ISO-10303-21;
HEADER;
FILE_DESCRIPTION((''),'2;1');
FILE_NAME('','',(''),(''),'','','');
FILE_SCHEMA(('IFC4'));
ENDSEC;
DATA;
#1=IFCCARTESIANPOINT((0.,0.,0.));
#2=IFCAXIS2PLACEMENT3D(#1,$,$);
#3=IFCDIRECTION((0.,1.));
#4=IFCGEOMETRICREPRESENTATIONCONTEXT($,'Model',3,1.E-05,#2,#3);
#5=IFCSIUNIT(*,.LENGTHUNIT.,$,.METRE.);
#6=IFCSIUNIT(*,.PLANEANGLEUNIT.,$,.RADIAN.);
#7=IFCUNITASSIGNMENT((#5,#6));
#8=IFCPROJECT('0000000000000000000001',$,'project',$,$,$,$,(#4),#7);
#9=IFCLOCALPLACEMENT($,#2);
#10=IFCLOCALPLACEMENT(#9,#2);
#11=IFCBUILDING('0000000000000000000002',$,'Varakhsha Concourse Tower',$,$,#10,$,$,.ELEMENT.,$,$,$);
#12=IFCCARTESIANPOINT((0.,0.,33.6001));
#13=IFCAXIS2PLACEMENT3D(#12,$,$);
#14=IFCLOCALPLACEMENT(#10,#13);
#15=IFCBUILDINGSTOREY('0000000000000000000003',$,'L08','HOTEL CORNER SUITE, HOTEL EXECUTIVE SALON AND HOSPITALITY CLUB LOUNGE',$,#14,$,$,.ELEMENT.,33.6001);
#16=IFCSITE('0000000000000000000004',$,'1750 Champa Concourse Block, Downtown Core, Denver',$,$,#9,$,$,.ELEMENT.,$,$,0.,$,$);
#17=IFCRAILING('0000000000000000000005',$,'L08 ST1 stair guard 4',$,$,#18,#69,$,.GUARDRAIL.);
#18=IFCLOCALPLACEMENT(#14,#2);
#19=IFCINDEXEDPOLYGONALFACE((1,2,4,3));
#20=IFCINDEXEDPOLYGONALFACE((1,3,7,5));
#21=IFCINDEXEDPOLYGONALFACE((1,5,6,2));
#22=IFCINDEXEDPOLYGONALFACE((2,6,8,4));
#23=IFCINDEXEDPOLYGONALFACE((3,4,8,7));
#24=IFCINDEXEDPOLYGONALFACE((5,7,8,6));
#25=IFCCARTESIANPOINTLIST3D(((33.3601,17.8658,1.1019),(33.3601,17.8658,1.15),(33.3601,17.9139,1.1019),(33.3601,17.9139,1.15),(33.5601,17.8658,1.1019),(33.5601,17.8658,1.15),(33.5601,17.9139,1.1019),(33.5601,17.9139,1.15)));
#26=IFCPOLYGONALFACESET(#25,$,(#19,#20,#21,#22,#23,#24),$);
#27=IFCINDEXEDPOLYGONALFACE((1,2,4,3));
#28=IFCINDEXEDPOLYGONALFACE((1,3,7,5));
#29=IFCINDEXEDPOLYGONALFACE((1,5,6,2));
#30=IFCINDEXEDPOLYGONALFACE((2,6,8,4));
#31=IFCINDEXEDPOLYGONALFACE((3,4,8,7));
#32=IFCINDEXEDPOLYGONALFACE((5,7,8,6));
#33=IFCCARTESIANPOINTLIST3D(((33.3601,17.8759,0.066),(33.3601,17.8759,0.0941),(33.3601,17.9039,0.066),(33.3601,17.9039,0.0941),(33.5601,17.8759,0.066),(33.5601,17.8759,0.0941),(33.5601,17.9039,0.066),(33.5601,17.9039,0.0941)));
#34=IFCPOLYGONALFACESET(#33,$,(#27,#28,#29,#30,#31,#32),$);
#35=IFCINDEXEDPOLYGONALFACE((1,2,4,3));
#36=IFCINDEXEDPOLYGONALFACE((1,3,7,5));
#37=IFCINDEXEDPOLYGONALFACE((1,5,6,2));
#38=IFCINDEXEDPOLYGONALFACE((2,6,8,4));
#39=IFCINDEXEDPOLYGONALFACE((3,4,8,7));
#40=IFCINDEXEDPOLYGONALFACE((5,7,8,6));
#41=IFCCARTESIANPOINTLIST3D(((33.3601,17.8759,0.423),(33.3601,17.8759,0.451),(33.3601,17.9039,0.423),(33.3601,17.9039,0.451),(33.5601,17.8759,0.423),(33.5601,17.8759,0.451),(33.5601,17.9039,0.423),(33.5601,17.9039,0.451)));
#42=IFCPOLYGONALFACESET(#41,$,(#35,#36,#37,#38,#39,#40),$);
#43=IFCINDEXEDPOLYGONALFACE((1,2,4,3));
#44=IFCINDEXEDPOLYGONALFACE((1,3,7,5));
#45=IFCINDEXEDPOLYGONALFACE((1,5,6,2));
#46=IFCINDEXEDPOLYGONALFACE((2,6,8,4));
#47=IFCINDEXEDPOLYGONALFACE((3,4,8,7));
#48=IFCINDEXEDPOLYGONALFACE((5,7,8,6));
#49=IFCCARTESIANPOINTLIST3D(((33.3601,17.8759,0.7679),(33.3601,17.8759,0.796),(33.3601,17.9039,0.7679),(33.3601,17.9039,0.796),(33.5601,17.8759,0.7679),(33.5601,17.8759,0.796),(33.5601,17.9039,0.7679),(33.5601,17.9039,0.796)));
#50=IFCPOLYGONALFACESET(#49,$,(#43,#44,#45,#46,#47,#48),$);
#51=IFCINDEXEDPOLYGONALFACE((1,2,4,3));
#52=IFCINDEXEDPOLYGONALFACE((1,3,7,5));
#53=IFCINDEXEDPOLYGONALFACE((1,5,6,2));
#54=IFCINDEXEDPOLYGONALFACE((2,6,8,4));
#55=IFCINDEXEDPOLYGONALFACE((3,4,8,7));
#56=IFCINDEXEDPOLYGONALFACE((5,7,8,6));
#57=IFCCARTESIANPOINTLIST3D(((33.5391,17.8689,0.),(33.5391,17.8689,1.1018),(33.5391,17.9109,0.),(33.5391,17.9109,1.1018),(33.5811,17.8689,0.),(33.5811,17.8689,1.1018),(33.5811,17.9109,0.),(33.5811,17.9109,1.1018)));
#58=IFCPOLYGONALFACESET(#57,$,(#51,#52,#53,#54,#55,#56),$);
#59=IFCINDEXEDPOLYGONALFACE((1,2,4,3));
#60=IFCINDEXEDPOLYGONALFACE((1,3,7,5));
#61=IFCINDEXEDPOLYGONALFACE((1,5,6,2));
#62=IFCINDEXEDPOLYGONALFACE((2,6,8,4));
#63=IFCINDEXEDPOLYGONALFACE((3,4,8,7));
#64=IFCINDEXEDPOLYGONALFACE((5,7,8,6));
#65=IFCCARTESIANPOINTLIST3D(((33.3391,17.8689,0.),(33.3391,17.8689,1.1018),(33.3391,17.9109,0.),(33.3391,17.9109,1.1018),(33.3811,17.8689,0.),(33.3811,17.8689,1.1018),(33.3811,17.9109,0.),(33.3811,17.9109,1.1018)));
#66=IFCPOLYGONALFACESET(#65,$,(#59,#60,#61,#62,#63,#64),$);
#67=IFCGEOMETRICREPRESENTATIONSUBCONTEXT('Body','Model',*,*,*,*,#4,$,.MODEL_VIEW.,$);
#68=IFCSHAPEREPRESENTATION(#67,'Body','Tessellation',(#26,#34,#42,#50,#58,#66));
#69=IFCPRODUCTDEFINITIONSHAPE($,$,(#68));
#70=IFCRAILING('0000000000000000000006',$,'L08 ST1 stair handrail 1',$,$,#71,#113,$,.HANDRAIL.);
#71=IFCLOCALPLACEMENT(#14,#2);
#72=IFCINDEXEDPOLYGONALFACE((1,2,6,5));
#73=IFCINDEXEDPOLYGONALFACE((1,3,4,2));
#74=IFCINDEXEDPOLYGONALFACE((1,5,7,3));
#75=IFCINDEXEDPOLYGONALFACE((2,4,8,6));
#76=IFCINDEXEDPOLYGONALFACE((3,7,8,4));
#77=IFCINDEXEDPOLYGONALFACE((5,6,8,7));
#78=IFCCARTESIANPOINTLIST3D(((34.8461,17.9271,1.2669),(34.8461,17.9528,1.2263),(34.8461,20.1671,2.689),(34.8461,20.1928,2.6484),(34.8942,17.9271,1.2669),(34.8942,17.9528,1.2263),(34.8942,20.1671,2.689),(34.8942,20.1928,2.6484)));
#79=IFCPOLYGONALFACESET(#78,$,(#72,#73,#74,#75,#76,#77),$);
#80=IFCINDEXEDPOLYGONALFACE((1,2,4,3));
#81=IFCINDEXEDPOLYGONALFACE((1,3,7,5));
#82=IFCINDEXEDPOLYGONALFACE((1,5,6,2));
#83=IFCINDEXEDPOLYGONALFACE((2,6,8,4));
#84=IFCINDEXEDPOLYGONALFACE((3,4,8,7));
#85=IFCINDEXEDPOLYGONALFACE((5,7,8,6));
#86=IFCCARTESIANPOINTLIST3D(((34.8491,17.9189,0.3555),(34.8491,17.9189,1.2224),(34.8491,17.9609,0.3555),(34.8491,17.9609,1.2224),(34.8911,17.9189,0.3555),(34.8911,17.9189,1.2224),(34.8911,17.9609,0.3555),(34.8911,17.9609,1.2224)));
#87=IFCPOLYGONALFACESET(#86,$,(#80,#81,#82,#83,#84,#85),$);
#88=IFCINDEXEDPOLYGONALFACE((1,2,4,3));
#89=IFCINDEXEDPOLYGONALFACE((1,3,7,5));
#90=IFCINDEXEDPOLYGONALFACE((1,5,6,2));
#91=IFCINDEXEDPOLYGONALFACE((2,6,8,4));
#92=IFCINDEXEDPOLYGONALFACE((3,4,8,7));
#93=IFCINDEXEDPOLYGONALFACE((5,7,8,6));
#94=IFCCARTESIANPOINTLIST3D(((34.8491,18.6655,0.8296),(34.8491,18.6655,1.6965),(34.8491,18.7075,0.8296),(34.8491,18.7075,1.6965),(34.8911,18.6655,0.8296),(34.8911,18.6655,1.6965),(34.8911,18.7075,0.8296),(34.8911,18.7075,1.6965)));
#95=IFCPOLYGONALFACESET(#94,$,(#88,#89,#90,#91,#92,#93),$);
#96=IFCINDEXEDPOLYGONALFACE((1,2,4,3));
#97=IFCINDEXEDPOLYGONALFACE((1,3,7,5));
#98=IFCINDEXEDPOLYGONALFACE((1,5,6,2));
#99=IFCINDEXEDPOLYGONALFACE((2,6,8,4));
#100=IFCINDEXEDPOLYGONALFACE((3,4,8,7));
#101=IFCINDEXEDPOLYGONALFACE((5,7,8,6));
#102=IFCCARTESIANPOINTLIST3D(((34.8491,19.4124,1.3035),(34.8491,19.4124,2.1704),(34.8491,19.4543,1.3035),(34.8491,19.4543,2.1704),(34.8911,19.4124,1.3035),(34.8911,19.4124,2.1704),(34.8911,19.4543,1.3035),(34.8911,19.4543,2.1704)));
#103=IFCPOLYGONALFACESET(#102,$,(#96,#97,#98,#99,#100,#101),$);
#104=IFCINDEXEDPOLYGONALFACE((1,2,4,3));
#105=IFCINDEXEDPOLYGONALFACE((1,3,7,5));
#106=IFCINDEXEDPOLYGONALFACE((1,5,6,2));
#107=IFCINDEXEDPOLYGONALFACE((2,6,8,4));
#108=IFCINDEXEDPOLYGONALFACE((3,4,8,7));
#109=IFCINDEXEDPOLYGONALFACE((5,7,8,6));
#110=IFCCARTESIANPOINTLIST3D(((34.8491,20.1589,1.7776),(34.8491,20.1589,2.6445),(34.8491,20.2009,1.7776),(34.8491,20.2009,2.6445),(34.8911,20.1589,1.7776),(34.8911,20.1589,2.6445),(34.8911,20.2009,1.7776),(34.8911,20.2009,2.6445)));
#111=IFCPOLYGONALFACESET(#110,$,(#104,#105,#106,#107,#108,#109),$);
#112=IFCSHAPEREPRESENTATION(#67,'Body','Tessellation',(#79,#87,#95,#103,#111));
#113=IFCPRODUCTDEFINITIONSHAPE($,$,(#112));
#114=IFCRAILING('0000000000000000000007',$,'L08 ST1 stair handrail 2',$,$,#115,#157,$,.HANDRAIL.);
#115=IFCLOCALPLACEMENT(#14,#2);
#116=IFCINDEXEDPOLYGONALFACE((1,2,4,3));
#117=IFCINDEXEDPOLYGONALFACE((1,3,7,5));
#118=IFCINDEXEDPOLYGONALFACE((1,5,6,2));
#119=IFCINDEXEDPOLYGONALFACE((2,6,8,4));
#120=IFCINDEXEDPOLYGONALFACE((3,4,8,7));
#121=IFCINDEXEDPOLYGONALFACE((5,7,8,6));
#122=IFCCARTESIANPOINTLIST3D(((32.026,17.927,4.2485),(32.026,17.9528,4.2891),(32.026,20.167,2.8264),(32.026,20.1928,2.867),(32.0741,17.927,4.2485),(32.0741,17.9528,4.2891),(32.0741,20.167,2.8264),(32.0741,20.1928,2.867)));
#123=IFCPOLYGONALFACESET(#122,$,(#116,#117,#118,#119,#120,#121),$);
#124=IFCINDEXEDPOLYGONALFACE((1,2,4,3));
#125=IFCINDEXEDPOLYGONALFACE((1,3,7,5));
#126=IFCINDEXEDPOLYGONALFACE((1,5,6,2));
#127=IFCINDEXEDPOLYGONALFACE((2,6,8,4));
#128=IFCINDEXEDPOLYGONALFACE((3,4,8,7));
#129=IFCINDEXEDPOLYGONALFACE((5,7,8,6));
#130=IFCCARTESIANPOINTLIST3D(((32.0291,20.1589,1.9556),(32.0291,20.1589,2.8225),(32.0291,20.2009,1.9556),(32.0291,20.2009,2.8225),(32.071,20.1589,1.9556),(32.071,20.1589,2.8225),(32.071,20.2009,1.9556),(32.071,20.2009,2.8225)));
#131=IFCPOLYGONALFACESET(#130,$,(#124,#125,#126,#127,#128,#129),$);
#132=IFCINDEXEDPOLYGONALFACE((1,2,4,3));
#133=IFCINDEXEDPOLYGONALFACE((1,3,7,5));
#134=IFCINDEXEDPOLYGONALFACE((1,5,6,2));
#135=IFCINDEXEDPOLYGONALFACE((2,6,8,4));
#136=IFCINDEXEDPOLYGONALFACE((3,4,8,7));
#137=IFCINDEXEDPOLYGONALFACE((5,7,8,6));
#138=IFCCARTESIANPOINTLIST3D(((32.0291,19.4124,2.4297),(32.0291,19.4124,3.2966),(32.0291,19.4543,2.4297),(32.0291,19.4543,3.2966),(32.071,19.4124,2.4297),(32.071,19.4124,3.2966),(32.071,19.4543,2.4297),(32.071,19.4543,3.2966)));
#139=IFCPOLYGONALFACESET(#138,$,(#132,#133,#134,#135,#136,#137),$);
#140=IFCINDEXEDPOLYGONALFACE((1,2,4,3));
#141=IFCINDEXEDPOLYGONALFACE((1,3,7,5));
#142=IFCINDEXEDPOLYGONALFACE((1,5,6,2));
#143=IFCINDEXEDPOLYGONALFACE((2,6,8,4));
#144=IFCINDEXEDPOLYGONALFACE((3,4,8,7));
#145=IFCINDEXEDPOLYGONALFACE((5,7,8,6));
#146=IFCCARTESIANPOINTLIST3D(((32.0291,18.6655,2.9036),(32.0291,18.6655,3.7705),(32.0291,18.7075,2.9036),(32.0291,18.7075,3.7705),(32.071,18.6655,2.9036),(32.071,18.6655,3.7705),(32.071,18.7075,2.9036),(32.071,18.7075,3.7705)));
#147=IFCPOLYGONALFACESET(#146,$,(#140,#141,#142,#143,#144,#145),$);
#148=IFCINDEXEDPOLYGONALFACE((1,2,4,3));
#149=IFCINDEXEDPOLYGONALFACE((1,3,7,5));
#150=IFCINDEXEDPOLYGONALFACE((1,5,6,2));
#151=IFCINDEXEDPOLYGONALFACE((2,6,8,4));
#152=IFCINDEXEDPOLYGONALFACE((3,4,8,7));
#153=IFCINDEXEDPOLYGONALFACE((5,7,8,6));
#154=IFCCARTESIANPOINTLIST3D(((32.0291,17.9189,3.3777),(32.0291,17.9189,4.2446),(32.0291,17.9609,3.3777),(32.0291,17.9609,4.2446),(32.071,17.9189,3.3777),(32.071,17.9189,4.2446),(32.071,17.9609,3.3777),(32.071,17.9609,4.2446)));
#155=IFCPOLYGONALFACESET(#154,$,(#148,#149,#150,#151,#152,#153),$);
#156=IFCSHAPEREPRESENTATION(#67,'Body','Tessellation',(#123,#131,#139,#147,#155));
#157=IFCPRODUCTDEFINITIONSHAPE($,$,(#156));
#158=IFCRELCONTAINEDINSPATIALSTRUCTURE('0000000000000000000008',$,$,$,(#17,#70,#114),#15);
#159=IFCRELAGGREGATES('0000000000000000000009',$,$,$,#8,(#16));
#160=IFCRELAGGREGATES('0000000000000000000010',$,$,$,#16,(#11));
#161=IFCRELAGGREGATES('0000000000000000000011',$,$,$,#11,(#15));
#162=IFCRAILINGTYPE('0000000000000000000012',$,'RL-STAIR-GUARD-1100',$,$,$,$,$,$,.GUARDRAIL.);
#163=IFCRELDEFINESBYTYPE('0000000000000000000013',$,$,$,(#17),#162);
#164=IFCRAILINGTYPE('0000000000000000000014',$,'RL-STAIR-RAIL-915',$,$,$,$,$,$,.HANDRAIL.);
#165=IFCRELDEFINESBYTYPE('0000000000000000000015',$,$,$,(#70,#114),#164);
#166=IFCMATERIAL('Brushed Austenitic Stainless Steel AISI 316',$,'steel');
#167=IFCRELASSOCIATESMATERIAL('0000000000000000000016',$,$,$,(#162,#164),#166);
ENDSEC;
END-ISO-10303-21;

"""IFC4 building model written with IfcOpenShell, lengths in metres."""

from ifc_helpers import new_model, si_unit, direction, frame, origin, origin_2d, place, context, subcontext, project, spatial, rectangle, extrude, material, type_object, element, save


model = new_model("IFC4")

# Units and contexts
model_context = context("Model", 3, precision=1e-05, world=origin(), true_north=direction((0.0, 1.0)))
body_context = subcontext(model_context, "Body", "Model", "MODEL_VIEW")
ifc_project = project(units=[si_unit("LENGTHUNIT", "METRE"), si_unit("PLANEANGLEUNIT", "RADIAN")], contexts=[model_context])

# Site, building, storey
site_placement = place(None, origin())
site = spatial("IfcSite", under=ifc_project, at=site_placement, Name="1750 Champa Concourse Block, Downtown Core, Denver", CompositionType="ELEMENT", RefElevation=0.0)
building_placement = place(site_placement, origin())
building = spatial("IfcBuilding", under=site, at=building_placement, Name="Varakhsha Concourse Tower", CompositionType="ELEMENT")
storey_placement = place(building_placement, frame((0.0, 0.0, 33.6001)))
storey = spatial("IfcBuildingStorey", under=building, at=storey_placement, Name="L08", Description="HOTEL CORNER SUITE, HOTEL EXECUTIVE SALON AND HOSPITALITY CLUB LOUNGE", CompositionType="ELEMENT", Elevation=33.6001)

# Shared definitions
ifc_material_1 = material(Name="Brushed Austenitic Stainless Steel AISI 316", Category="steel")

# Railings
railing_type_1 = type_object("IfcRailingType", Name="RL-STAIR-GUARD-1100", PredefinedType="GUARDRAIL", material=ifc_material_1)
railing_1_placement = place(storey_placement, frame((33.5601, 17.8899, 0.0)))
element("IfcRailing", 1, at=railing_1_placement, inside=storey, type_object=railing_type_1, Name="L08 ST1 stair guard 4", PredefinedType="GUARDRAIL", context=body_context, shape_type="SweptSolid", body=[
    extrude(rectangle(XDim=0.0481, YDim=0.0481, at=origin_2d()), frame((0.0, 0.0, 1.126), z_axis=(-1.0, 0.0, 0.0), x_axis=(0.0, -1.0, 0.0)), (0.0, 0.0, 1.0), 0.2),
    extrude(rectangle(XDim=0.0281, YDim=0.0281, at=origin_2d()), frame((0.0, 0.0, 0.0801), z_axis=(-1.0, 0.0, 0.0), x_axis=(0.0, -1.0, 0.0)), (0.0, 0.0, 1.0), 0.2),
    extrude(rectangle(XDim=0.0281, YDim=0.0281, at=origin_2d()), frame((0.0, 0.0, 0.437), z_axis=(-1.0, 0.0, 0.0), x_axis=(0.0, -1.0, 0.0)), (0.0, 0.0, 1.0), 0.2),
    extrude(rectangle(XDim=0.0281, YDim=0.0281, at=origin_2d()), frame((0.0, 0.0, 0.782), z_axis=(-1.0, 0.0, 0.0), x_axis=(0.0, -1.0, 0.0)), (0.0, 0.0, 1.0), 0.2),
    extrude(rectangle(XDim=0.042, YDim=0.042, at=origin_2d()), origin(), (0.0, 0.0, 1.0), 1.1018),
    extrude(rectangle(XDim=0.042, YDim=0.042, at=origin_2d()), frame((-0.2, 0.0, 0.0)), (0.0, 0.0, 1.0), 1.1018),
])
railing_type_2 = type_object("IfcRailingType", Name="RL-STAIR-RAIL-915", PredefinedType="HANDRAIL", material=ifc_material_1)
railing_2_placement = place(storey_placement, frame((34.8701, 17.9399, 0.3555)))
element("IfcRailing", 2, at=railing_2_placement, inside=storey, type_object=railing_type_2, Name="L08 ST1 stair handrail 1", PredefinedType="HANDRAIL", context=body_context, shape_type="SweptSolid", body=[
    extrude(rectangle(XDim=0.0481, YDim=0.0481, at=origin_2d()), frame((0.0, 0.0, 0.8911), z_axis=(0.0, 0.844229, 0.535982), x_axis=(-1.0, 0.0, 0.0)), (0.0, 0.0, 1.0), 2.6533),
    extrude(rectangle(XDim=0.042, YDim=0.042, at=origin_2d()), origin(), (0.0, 0.0, 1.0), 0.8669),
    extrude(rectangle(XDim=0.042, YDim=0.042, at=origin_2d()), frame((0.0, 0.7466, 0.4741)), (0.0, 0.0, 1.0), 0.8669),
    extrude(rectangle(XDim=0.042, YDim=0.042, at=origin_2d()), frame((0.0, 1.4934, 0.948)), (0.0, 0.0, 1.0), 0.8669),
    extrude(rectangle(XDim=0.042, YDim=0.042, at=origin_2d()), frame((0.0, 2.24, 1.4221)), (0.0, 0.0, 1.0), 0.8669),
])
railing_3_placement = place(storey_placement, frame((32.05, 20.1799, 1.9556)))
element("IfcRailing", 3, at=railing_3_placement, inside=storey, type_object=railing_type_2, Name="L08 ST1 stair handrail 2", PredefinedType="HANDRAIL", context=body_context, shape_type="SweptSolid", body=[
    extrude(rectangle(XDim=0.0481, YDim=0.0481, at=origin_2d()), frame((0.0, 0.0, 0.8911), z_axis=(0.0, -0.844229, 0.535982), x_axis=(1.0, 0.0, 0.0)), (0.0, 0.0, 1.0), 2.6533),
    extrude(rectangle(XDim=0.042, YDim=0.042, at=origin_2d()), origin(), (0.0, 0.0, 1.0), 0.8669),
    extrude(rectangle(XDim=0.042, YDim=0.042, at=origin_2d()), frame((0.0, -0.7466, 0.4741)), (0.0, 0.0, 1.0), 0.8669),
    extrude(rectangle(XDim=0.042, YDim=0.042, at=origin_2d()), frame((0.0, -1.4934, 0.948)), (0.0, 0.0, 1.0), 0.8669),
    extrude(rectangle(XDim=0.042, YDim=0.042, at=origin_2d()), frame((0.0, -2.24, 1.4221)), (0.0, 0.0, 1.0), 0.8669),
])

save(model, "model.ifc")
